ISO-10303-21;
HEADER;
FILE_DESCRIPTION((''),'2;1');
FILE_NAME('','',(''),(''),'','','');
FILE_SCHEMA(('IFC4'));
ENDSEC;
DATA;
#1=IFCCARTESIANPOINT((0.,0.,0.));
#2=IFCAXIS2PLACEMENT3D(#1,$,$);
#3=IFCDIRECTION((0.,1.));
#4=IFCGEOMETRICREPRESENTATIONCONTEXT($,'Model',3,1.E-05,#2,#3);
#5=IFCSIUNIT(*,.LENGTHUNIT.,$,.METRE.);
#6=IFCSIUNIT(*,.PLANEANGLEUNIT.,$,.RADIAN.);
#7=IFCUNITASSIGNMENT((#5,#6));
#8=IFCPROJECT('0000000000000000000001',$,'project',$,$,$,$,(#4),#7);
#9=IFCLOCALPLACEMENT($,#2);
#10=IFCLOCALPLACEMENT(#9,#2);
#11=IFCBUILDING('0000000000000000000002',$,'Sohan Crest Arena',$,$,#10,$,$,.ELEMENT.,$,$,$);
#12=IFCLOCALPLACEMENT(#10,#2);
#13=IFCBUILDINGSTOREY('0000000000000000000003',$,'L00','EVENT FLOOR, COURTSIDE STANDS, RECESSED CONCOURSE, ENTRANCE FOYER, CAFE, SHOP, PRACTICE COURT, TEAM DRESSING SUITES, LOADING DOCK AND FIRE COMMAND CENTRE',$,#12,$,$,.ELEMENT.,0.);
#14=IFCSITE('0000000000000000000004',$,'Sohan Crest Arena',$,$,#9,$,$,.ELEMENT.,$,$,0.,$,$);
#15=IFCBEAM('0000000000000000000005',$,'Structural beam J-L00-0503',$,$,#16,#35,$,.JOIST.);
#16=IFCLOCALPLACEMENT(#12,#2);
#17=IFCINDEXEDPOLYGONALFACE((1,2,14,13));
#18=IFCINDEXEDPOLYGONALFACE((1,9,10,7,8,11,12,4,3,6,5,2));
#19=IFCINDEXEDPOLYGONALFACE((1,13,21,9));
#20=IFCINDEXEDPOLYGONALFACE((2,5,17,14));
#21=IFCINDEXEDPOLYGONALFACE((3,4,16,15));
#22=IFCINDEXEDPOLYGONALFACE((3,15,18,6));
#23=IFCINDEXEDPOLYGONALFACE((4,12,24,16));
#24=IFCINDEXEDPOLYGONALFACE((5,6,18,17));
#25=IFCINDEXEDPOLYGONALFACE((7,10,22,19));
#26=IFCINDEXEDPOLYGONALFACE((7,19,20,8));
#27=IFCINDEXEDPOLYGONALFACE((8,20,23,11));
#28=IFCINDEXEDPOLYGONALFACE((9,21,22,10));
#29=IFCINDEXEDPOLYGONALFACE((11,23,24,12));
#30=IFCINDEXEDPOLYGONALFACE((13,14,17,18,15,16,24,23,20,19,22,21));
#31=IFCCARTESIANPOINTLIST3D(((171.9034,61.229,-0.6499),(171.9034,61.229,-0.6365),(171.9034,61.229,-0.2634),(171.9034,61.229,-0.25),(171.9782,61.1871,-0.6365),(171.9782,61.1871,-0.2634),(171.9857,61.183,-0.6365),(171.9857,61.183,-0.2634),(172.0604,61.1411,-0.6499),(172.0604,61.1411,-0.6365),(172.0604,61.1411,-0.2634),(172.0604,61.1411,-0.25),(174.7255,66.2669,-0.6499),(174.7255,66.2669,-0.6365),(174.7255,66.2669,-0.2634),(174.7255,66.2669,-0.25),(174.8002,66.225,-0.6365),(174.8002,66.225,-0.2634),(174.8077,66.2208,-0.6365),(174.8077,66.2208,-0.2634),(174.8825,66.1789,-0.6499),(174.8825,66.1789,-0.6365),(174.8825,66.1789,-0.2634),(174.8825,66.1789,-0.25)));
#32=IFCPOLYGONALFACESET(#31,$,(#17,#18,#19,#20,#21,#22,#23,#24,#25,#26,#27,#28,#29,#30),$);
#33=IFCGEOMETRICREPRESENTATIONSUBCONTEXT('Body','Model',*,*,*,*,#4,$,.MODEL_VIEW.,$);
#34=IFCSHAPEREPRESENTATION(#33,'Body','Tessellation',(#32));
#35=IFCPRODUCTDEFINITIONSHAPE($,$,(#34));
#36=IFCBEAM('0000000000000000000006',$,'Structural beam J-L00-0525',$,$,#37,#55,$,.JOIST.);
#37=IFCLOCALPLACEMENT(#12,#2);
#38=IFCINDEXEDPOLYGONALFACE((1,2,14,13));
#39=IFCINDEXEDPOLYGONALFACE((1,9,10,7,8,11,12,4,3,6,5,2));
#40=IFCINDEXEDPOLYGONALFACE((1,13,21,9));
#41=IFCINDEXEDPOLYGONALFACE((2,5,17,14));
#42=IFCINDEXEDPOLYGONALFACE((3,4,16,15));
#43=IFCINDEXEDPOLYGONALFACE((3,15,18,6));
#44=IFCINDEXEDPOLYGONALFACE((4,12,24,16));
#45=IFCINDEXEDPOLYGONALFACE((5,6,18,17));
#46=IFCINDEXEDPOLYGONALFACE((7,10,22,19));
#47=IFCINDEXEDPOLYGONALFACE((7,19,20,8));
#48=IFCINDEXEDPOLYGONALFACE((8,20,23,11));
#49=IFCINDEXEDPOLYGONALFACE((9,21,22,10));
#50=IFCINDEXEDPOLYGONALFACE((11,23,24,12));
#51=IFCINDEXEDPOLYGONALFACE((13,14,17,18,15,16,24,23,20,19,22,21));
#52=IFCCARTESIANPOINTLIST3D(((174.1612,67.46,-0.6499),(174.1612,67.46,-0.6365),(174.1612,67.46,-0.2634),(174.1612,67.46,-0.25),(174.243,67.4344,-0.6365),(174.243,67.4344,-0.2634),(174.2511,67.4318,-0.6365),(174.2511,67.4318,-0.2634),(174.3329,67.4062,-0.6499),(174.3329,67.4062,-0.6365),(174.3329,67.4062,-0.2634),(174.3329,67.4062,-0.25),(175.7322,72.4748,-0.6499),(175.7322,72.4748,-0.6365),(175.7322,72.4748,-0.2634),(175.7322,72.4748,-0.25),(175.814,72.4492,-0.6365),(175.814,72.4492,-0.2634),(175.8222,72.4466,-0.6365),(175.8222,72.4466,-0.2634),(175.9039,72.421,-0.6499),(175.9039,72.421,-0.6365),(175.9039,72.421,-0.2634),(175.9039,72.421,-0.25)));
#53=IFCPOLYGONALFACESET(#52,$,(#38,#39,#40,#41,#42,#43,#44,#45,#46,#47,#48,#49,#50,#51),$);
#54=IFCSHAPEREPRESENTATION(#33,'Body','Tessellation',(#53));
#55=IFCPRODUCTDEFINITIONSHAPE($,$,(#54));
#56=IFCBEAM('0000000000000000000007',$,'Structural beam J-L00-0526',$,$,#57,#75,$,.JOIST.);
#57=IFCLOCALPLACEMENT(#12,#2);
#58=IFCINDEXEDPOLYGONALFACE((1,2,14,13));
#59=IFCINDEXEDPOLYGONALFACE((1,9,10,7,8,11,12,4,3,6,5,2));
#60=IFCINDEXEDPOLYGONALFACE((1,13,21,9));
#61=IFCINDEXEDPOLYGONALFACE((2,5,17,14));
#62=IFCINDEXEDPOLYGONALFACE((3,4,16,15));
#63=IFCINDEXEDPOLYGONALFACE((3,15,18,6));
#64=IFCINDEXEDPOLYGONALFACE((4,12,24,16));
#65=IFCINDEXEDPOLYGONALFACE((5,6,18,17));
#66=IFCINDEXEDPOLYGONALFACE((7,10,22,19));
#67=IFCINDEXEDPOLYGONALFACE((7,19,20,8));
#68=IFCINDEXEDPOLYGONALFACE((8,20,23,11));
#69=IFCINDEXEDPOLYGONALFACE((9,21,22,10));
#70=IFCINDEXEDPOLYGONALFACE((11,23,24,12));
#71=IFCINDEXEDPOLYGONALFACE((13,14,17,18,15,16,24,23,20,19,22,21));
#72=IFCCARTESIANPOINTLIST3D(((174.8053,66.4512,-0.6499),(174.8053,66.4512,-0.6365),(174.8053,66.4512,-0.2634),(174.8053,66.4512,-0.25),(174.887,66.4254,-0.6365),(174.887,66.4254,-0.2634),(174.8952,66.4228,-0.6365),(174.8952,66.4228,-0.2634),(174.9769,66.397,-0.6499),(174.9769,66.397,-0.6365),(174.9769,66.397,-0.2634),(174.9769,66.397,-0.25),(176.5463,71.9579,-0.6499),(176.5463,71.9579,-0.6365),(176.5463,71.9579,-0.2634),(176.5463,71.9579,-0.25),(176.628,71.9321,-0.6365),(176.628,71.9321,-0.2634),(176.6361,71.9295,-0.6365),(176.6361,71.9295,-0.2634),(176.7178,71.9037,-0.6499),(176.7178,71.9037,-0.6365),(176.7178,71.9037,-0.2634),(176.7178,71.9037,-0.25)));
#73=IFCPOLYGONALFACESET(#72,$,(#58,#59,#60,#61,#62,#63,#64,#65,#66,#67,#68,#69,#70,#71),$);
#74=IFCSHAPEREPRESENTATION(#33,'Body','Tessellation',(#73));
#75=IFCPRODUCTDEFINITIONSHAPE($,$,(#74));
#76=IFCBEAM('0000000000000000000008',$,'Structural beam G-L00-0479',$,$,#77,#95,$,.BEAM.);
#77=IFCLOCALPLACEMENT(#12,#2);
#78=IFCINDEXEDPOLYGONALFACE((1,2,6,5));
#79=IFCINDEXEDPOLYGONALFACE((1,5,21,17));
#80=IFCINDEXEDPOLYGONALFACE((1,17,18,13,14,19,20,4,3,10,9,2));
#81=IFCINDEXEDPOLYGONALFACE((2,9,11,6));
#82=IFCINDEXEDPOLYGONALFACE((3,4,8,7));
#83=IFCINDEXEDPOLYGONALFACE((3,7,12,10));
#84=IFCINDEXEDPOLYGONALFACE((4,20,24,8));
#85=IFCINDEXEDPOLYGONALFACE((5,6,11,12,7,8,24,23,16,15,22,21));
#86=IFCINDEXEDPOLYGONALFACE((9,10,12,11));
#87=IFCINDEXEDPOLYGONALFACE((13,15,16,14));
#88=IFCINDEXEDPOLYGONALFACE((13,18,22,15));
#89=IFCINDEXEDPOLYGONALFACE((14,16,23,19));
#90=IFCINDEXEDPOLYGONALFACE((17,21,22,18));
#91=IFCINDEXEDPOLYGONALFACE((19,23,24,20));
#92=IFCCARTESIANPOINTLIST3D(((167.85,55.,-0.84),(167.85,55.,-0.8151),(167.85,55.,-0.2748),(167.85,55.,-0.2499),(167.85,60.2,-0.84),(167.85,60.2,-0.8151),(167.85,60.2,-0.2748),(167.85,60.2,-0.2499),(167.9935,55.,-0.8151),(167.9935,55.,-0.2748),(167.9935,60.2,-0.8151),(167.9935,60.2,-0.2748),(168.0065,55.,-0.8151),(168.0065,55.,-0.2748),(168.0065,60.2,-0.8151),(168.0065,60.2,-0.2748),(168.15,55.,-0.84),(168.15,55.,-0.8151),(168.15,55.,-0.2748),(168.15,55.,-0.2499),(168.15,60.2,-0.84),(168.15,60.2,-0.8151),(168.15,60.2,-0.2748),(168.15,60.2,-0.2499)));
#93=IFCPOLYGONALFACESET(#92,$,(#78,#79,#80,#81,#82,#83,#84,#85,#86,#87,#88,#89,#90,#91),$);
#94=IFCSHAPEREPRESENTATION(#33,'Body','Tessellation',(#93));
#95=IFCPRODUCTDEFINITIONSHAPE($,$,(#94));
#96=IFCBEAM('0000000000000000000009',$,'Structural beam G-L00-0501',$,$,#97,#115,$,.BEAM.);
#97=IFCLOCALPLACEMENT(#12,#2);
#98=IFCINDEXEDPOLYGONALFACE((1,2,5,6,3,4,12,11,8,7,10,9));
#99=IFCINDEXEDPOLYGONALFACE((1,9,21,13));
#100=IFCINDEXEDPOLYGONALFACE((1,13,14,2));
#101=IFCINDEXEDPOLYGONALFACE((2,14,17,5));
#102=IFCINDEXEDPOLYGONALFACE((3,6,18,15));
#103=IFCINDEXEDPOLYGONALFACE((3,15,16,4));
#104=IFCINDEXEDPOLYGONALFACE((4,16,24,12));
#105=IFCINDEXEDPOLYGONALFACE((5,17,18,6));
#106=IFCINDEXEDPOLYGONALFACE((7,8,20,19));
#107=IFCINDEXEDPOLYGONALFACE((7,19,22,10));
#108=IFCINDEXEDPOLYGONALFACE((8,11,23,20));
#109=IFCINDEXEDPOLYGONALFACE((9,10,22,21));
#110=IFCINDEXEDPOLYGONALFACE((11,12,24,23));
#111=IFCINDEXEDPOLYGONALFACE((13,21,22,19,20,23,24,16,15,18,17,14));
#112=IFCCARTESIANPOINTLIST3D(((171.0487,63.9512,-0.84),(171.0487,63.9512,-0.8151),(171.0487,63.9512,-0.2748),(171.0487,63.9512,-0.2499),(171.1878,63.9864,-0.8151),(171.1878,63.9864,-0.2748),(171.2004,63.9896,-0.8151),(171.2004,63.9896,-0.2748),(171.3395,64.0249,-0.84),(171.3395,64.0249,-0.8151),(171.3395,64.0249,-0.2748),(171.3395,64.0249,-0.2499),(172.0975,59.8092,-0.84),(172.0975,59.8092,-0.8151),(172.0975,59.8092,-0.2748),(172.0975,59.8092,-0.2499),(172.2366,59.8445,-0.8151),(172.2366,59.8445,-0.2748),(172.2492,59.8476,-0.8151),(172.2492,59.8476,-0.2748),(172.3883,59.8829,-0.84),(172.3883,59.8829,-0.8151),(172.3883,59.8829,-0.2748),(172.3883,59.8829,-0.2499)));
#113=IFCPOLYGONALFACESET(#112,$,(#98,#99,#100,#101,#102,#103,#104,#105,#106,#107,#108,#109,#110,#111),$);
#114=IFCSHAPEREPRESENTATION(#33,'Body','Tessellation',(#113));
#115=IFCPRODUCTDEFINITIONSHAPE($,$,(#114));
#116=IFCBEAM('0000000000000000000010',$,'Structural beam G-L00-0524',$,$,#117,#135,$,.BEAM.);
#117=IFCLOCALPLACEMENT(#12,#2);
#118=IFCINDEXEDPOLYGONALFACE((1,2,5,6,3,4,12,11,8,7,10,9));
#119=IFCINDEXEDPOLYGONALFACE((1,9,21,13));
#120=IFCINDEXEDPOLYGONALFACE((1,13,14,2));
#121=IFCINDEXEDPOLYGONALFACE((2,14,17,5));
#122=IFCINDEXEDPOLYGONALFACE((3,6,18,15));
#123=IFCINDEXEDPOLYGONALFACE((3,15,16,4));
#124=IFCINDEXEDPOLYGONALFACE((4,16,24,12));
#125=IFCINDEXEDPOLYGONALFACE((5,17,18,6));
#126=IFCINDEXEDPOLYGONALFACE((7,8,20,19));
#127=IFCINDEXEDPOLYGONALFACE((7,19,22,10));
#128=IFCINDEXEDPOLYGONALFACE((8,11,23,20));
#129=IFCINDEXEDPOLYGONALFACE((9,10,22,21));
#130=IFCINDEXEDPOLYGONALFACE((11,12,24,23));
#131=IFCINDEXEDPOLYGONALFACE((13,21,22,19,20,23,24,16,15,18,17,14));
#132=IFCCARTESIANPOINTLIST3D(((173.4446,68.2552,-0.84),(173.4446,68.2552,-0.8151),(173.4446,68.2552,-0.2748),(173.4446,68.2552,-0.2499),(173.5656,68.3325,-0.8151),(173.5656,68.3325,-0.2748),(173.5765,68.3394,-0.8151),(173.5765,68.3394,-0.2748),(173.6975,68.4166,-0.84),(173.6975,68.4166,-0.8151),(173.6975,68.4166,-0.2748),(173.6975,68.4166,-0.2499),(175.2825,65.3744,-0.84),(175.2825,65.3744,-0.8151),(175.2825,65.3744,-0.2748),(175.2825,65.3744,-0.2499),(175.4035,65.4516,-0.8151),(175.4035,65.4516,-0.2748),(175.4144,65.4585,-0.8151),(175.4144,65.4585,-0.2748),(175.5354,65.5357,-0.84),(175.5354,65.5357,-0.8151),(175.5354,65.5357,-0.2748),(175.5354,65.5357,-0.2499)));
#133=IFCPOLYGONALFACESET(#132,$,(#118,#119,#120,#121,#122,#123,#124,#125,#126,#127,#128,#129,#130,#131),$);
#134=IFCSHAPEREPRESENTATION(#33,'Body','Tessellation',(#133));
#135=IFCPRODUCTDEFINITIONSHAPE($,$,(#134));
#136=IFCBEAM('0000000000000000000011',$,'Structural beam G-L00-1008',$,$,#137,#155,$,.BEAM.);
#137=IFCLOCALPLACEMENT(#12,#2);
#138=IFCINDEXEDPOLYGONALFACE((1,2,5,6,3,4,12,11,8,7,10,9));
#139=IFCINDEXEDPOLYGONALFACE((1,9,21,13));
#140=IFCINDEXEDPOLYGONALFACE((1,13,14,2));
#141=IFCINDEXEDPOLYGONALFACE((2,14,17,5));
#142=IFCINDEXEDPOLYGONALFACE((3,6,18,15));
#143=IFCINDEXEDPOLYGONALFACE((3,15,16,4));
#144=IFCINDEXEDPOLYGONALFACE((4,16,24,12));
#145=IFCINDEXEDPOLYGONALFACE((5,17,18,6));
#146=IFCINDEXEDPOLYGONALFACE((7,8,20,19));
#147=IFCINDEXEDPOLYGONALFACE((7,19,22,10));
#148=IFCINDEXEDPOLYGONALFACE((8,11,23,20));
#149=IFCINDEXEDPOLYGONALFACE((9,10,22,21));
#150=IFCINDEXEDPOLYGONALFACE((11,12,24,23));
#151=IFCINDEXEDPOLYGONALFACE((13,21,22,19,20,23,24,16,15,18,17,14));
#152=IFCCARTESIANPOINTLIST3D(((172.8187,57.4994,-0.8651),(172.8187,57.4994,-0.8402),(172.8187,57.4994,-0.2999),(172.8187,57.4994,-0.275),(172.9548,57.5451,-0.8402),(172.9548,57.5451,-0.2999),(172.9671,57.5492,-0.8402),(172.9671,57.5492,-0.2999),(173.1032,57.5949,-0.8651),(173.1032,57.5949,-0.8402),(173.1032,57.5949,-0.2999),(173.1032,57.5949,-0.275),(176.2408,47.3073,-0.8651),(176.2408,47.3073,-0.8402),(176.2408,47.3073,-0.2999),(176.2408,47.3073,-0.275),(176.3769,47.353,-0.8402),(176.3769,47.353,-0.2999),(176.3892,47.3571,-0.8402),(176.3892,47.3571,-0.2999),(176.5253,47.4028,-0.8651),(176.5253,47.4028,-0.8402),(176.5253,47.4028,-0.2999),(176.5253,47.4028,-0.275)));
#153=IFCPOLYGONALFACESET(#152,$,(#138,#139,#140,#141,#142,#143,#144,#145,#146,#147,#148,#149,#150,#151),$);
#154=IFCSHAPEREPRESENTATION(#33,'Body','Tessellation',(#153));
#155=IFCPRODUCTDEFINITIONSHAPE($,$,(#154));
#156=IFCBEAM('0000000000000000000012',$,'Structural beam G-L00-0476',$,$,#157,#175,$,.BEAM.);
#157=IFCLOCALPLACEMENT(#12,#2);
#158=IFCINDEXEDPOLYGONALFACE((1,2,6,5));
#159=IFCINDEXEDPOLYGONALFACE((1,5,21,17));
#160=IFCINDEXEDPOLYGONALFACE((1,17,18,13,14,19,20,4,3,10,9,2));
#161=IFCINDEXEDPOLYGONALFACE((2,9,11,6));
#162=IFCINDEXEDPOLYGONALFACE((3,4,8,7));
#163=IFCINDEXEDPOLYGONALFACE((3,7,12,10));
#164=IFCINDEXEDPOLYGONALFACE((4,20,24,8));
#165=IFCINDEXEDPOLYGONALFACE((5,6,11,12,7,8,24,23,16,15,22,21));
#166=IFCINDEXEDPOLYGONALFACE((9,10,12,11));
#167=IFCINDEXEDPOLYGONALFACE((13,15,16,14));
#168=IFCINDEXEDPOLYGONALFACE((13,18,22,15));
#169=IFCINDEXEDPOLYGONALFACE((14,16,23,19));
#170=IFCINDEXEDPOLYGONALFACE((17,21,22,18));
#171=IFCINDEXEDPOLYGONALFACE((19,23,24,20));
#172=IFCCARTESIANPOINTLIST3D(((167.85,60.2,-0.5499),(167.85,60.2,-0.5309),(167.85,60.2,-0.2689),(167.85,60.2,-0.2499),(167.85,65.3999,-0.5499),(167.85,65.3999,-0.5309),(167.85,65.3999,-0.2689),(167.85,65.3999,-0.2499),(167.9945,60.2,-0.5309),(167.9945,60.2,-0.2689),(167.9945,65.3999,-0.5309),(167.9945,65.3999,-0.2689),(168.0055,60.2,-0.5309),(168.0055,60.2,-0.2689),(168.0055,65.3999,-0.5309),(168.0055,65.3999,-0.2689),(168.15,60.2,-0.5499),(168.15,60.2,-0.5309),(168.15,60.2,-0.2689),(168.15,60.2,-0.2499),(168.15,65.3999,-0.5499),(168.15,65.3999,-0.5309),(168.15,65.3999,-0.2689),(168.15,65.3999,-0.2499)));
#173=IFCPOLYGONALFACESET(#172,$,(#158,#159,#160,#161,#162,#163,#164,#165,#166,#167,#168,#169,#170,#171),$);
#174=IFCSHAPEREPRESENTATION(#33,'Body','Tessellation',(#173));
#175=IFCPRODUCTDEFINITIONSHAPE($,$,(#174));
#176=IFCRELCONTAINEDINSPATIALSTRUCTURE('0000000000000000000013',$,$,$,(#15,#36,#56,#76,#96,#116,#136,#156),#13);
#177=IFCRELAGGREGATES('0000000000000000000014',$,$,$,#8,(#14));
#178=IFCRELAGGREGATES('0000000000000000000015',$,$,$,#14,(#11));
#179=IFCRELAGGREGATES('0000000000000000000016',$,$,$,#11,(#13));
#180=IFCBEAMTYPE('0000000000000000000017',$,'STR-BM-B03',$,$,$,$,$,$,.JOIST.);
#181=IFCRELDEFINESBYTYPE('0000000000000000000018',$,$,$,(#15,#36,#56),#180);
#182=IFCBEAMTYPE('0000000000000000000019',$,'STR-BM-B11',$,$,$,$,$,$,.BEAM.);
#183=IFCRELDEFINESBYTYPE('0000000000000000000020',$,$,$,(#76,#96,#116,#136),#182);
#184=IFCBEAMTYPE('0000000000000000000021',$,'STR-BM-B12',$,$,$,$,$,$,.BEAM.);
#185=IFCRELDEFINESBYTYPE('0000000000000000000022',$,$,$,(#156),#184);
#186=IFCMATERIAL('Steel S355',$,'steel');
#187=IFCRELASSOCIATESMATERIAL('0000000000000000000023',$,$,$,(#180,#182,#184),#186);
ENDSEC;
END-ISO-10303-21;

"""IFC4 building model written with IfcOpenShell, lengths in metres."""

from ifc_helpers import new_model, si_unit, direction, frame, origin, origin_2d, place, context, subcontext, project, spatial, i_section, extrude, material, material_profile, profile_set, type_object, element, save


model = new_model("IFC4")

# Units and contexts
model_context = context("Model", 3, precision=1e-05, world=origin(), true_north=direction((0.0, 1.0)))
body_context = subcontext(model_context, "Body", "Model", "MODEL_VIEW")
ifc_project = project(units=[si_unit("LENGTHUNIT", "METRE"), si_unit("PLANEANGLEUNIT", "RADIAN")], contexts=[model_context])

# Site, building, storey
site_placement = place(None, origin())
site = spatial("IfcSite", under=ifc_project, at=site_placement, Name="Sohan Crest Arena", CompositionType="ELEMENT", RefElevation=0.0)
building_placement = place(site_placement, origin())
building = spatial("IfcBuilding", under=site, at=building_placement, Name="Sohan Crest Arena", CompositionType="ELEMENT")
storey_placement = place(building_placement, origin())
storey = spatial("IfcBuildingStorey", under=building, at=storey_placement, Name="L00", Description="EVENT FLOOR, COURTSIDE STANDS, RECESSED CONCOURSE, ENTRANCE FOYER, CAFE, SHOP, PRACTICE COURT, TEAM DRESSING SUITES, LOADING DOCK AND FIRE COMMAND CENTRE", CompositionType="ELEMENT", Elevation=0.0)

# Shared definitions
ifc_material_1 = material(Name="Steel S355", Category="steel")

# Beams
ifc_material_profile_1 = material_profile(ifc_material_1, i_section(OverallWidth=0.1799, OverallDepth=0.3999, WebThickness=0.0085, FlangeThickness=0.0134, at=origin_2d()), Name="IPE 400")
ifc_profile_set_1 = profile_set([ifc_material_profile_1], Name="Steel S355")
beam_type_1 = type_object("IfcBeamType", Name="STR-BM-B03", PredefinedType="JOIST", material=ifc_profile_set_1)
beam_1_placement = place(storey_placement, frame((171.9819, 61.1851, -0.45), z_axis=(0.488713, 0.872445, 0.0), x_axis=(-0.872445, 0.488713, 0.0)))
element("IfcBeam", 1, at=beam_1_placement, inside=storey, type_object=beam_type_1, Name="Structural beam J-L00-0503", PredefinedType="JOIST", context=body_context, shape_type="SweptSolid", body=[
    extrude(i_section(OverallWidth=0.1799, OverallDepth=0.3999, WebThickness=0.0085, FlangeThickness=0.0134, at=origin_2d()), origin(), (0.0, 0.0, 1.0), 5.7744),
])
beam_2_placement = place(storey_placement, frame((174.2471, 67.4331, -0.45), z_axis=(0.298949, 0.954269, 0.0), x_axis=(-0.954269, 0.298949, 0.0)))
element("IfcBeam", 2, at=beam_2_placement, inside=storey, type_object=beam_type_1, Name="Structural beam J-L00-0525", PredefinedType="JOIST", context=body_context, shape_type="SweptSolid", body=[
    extrude(i_section(OverallWidth=0.1799, OverallDepth=0.3999, WebThickness=0.0085, FlangeThickness=0.0134, at=origin_2d()), origin(), (0.0, 0.0, 1.0), 5.2551),
])
beam_3_placement = place(storey_placement, frame((174.8911, 66.4241, -0.45), z_axis=(0.301441, 0.953485, 0.0), x_axis=(-0.953485, 0.301441, 0.0)))
element("IfcBeam", 3, at=beam_3_placement, inside=storey, type_object=beam_type_1, Name="Structural beam J-L00-0526", PredefinedType="JOIST", context=body_context, shape_type="SweptSolid", body=[
    extrude(i_section(OverallWidth=0.1799, OverallDepth=0.3999, WebThickness=0.0085, FlangeThickness=0.0134, at=origin_2d()), origin(), (0.0, 0.0, 1.0), 5.7754),
])
ifc_material_profile_2 = material_profile(ifc_material_1, i_section(OverallWidth=0.3, OverallDepth=0.5901, WebThickness=0.0129, FlangeThickness=0.0249, at=origin_2d()), Name="HEA 600")
ifc_profile_set_2 = profile_set([ifc_material_profile_2], Name="Steel S355")
beam_type_2 = type_object("IfcBeamType", Name="STR-BM-B11", PredefinedType="BEAM", material=ifc_profile_set_2)
beam_4_placement = place(storey_placement, frame((168.0, 60.2, -0.5449), z_axis=(0.0, -1.0, 0.0), x_axis=(1.0, 0.0, 0.0)))
element("IfcBeam", 4, at=beam_4_placement, inside=storey, type_object=beam_type_2, Name="Structural beam G-L00-0479", PredefinedType="BEAM", context=body_context, shape_type="SweptSolid", body=[
    extrude(i_section(OverallWidth=0.3, OverallDepth=0.5901, WebThickness=0.0129, FlangeThickness=0.0249, at=origin_2d()), origin(), (0.0, 0.0, 1.0), 5.2),
])
beam_5_placement = place(storey_placement, frame((171.1941, 63.988, -0.5449), z_axis=(0.245465, -0.969405, 0.0), x_axis=(0.969405, 0.245465, 0.0)))
element("IfcBeam", 5, at=beam_5_placement, inside=storey, type_object=beam_type_2, Name="Structural beam G-L00-0501", PredefinedType="BEAM", context=body_context, shape_type="SweptSolid", body=[
    extrude(i_section(OverallWidth=0.3, OverallDepth=0.5901, WebThickness=0.0129, FlangeThickness=0.0249, at=origin_2d()), origin(), (0.0, 0.0, 1.0), 4.2727),
])
beam_6_placement = place(storey_placement, frame((173.571, 68.3359, -0.5449), z_axis=(0.537837, -0.843049, 0.0), x_axis=(0.843049, 0.537837, 0.0)))
element("IfcBeam", 6, at=beam_6_placement, inside=storey, type_object=beam_type_2, Name="Structural beam G-L00-0524", PredefinedType="BEAM", context=body_context, shape_type="SweptSolid", body=[
    extrude(i_section(OverallWidth=0.3, OverallDepth=0.5901, WebThickness=0.0129, FlangeThickness=0.0249, at=origin_2d()), origin(), (0.0, 0.0, 1.0), 3.4172),
])
beam_7_placement = place(storey_placement, frame((172.9609, 57.5471, -0.5701), z_axis=(0.318298, -0.947991, 0.0), x_axis=(0.947991, 0.318298, 0.0)))
element("IfcBeam", 7, at=beam_7_placement, inside=storey, type_object=beam_type_2, Name="Structural beam G-L00-1008", PredefinedType="BEAM", context=body_context, shape_type="SweptSolid", body=[
    extrude(i_section(OverallWidth=0.3, OverallDepth=0.5901, WebThickness=0.0129, FlangeThickness=0.0249, at=origin_2d()), origin(), (0.0, 0.0, 1.0), 10.7512),
])
ifc_material_profile_3 = material_profile(ifc_material_1, i_section(OverallWidth=0.3, OverallDepth=0.3, WebThickness=0.011, FlangeThickness=0.019, at=origin_2d()), Name="HEB 300")
ifc_profile_set_3 = profile_set([ifc_material_profile_3], Name="Steel S355")
beam_type_3 = type_object("IfcBeamType", Name="STR-BM-B12", PredefinedType="BEAM", material=ifc_profile_set_3)
beam_8_placement = place(storey_placement, frame((168.0, 65.3999, -0.3999), z_axis=(0.0, -1.0, 0.0), x_axis=(1.0, 0.0, 0.0)))
element("IfcBeam", 8, at=beam_8_placement, inside=storey, type_object=beam_type_3, Name="Structural beam G-L00-0476", PredefinedType="BEAM", context=body_context, shape_type="SweptSolid", body=[
    extrude(i_section(OverallWidth=0.3, OverallDepth=0.3, WebThickness=0.011, FlangeThickness=0.019, at=origin_2d()), origin(), (0.0, 0.0, 1.0), 5.2),
])

save(model, "model.ifc")
